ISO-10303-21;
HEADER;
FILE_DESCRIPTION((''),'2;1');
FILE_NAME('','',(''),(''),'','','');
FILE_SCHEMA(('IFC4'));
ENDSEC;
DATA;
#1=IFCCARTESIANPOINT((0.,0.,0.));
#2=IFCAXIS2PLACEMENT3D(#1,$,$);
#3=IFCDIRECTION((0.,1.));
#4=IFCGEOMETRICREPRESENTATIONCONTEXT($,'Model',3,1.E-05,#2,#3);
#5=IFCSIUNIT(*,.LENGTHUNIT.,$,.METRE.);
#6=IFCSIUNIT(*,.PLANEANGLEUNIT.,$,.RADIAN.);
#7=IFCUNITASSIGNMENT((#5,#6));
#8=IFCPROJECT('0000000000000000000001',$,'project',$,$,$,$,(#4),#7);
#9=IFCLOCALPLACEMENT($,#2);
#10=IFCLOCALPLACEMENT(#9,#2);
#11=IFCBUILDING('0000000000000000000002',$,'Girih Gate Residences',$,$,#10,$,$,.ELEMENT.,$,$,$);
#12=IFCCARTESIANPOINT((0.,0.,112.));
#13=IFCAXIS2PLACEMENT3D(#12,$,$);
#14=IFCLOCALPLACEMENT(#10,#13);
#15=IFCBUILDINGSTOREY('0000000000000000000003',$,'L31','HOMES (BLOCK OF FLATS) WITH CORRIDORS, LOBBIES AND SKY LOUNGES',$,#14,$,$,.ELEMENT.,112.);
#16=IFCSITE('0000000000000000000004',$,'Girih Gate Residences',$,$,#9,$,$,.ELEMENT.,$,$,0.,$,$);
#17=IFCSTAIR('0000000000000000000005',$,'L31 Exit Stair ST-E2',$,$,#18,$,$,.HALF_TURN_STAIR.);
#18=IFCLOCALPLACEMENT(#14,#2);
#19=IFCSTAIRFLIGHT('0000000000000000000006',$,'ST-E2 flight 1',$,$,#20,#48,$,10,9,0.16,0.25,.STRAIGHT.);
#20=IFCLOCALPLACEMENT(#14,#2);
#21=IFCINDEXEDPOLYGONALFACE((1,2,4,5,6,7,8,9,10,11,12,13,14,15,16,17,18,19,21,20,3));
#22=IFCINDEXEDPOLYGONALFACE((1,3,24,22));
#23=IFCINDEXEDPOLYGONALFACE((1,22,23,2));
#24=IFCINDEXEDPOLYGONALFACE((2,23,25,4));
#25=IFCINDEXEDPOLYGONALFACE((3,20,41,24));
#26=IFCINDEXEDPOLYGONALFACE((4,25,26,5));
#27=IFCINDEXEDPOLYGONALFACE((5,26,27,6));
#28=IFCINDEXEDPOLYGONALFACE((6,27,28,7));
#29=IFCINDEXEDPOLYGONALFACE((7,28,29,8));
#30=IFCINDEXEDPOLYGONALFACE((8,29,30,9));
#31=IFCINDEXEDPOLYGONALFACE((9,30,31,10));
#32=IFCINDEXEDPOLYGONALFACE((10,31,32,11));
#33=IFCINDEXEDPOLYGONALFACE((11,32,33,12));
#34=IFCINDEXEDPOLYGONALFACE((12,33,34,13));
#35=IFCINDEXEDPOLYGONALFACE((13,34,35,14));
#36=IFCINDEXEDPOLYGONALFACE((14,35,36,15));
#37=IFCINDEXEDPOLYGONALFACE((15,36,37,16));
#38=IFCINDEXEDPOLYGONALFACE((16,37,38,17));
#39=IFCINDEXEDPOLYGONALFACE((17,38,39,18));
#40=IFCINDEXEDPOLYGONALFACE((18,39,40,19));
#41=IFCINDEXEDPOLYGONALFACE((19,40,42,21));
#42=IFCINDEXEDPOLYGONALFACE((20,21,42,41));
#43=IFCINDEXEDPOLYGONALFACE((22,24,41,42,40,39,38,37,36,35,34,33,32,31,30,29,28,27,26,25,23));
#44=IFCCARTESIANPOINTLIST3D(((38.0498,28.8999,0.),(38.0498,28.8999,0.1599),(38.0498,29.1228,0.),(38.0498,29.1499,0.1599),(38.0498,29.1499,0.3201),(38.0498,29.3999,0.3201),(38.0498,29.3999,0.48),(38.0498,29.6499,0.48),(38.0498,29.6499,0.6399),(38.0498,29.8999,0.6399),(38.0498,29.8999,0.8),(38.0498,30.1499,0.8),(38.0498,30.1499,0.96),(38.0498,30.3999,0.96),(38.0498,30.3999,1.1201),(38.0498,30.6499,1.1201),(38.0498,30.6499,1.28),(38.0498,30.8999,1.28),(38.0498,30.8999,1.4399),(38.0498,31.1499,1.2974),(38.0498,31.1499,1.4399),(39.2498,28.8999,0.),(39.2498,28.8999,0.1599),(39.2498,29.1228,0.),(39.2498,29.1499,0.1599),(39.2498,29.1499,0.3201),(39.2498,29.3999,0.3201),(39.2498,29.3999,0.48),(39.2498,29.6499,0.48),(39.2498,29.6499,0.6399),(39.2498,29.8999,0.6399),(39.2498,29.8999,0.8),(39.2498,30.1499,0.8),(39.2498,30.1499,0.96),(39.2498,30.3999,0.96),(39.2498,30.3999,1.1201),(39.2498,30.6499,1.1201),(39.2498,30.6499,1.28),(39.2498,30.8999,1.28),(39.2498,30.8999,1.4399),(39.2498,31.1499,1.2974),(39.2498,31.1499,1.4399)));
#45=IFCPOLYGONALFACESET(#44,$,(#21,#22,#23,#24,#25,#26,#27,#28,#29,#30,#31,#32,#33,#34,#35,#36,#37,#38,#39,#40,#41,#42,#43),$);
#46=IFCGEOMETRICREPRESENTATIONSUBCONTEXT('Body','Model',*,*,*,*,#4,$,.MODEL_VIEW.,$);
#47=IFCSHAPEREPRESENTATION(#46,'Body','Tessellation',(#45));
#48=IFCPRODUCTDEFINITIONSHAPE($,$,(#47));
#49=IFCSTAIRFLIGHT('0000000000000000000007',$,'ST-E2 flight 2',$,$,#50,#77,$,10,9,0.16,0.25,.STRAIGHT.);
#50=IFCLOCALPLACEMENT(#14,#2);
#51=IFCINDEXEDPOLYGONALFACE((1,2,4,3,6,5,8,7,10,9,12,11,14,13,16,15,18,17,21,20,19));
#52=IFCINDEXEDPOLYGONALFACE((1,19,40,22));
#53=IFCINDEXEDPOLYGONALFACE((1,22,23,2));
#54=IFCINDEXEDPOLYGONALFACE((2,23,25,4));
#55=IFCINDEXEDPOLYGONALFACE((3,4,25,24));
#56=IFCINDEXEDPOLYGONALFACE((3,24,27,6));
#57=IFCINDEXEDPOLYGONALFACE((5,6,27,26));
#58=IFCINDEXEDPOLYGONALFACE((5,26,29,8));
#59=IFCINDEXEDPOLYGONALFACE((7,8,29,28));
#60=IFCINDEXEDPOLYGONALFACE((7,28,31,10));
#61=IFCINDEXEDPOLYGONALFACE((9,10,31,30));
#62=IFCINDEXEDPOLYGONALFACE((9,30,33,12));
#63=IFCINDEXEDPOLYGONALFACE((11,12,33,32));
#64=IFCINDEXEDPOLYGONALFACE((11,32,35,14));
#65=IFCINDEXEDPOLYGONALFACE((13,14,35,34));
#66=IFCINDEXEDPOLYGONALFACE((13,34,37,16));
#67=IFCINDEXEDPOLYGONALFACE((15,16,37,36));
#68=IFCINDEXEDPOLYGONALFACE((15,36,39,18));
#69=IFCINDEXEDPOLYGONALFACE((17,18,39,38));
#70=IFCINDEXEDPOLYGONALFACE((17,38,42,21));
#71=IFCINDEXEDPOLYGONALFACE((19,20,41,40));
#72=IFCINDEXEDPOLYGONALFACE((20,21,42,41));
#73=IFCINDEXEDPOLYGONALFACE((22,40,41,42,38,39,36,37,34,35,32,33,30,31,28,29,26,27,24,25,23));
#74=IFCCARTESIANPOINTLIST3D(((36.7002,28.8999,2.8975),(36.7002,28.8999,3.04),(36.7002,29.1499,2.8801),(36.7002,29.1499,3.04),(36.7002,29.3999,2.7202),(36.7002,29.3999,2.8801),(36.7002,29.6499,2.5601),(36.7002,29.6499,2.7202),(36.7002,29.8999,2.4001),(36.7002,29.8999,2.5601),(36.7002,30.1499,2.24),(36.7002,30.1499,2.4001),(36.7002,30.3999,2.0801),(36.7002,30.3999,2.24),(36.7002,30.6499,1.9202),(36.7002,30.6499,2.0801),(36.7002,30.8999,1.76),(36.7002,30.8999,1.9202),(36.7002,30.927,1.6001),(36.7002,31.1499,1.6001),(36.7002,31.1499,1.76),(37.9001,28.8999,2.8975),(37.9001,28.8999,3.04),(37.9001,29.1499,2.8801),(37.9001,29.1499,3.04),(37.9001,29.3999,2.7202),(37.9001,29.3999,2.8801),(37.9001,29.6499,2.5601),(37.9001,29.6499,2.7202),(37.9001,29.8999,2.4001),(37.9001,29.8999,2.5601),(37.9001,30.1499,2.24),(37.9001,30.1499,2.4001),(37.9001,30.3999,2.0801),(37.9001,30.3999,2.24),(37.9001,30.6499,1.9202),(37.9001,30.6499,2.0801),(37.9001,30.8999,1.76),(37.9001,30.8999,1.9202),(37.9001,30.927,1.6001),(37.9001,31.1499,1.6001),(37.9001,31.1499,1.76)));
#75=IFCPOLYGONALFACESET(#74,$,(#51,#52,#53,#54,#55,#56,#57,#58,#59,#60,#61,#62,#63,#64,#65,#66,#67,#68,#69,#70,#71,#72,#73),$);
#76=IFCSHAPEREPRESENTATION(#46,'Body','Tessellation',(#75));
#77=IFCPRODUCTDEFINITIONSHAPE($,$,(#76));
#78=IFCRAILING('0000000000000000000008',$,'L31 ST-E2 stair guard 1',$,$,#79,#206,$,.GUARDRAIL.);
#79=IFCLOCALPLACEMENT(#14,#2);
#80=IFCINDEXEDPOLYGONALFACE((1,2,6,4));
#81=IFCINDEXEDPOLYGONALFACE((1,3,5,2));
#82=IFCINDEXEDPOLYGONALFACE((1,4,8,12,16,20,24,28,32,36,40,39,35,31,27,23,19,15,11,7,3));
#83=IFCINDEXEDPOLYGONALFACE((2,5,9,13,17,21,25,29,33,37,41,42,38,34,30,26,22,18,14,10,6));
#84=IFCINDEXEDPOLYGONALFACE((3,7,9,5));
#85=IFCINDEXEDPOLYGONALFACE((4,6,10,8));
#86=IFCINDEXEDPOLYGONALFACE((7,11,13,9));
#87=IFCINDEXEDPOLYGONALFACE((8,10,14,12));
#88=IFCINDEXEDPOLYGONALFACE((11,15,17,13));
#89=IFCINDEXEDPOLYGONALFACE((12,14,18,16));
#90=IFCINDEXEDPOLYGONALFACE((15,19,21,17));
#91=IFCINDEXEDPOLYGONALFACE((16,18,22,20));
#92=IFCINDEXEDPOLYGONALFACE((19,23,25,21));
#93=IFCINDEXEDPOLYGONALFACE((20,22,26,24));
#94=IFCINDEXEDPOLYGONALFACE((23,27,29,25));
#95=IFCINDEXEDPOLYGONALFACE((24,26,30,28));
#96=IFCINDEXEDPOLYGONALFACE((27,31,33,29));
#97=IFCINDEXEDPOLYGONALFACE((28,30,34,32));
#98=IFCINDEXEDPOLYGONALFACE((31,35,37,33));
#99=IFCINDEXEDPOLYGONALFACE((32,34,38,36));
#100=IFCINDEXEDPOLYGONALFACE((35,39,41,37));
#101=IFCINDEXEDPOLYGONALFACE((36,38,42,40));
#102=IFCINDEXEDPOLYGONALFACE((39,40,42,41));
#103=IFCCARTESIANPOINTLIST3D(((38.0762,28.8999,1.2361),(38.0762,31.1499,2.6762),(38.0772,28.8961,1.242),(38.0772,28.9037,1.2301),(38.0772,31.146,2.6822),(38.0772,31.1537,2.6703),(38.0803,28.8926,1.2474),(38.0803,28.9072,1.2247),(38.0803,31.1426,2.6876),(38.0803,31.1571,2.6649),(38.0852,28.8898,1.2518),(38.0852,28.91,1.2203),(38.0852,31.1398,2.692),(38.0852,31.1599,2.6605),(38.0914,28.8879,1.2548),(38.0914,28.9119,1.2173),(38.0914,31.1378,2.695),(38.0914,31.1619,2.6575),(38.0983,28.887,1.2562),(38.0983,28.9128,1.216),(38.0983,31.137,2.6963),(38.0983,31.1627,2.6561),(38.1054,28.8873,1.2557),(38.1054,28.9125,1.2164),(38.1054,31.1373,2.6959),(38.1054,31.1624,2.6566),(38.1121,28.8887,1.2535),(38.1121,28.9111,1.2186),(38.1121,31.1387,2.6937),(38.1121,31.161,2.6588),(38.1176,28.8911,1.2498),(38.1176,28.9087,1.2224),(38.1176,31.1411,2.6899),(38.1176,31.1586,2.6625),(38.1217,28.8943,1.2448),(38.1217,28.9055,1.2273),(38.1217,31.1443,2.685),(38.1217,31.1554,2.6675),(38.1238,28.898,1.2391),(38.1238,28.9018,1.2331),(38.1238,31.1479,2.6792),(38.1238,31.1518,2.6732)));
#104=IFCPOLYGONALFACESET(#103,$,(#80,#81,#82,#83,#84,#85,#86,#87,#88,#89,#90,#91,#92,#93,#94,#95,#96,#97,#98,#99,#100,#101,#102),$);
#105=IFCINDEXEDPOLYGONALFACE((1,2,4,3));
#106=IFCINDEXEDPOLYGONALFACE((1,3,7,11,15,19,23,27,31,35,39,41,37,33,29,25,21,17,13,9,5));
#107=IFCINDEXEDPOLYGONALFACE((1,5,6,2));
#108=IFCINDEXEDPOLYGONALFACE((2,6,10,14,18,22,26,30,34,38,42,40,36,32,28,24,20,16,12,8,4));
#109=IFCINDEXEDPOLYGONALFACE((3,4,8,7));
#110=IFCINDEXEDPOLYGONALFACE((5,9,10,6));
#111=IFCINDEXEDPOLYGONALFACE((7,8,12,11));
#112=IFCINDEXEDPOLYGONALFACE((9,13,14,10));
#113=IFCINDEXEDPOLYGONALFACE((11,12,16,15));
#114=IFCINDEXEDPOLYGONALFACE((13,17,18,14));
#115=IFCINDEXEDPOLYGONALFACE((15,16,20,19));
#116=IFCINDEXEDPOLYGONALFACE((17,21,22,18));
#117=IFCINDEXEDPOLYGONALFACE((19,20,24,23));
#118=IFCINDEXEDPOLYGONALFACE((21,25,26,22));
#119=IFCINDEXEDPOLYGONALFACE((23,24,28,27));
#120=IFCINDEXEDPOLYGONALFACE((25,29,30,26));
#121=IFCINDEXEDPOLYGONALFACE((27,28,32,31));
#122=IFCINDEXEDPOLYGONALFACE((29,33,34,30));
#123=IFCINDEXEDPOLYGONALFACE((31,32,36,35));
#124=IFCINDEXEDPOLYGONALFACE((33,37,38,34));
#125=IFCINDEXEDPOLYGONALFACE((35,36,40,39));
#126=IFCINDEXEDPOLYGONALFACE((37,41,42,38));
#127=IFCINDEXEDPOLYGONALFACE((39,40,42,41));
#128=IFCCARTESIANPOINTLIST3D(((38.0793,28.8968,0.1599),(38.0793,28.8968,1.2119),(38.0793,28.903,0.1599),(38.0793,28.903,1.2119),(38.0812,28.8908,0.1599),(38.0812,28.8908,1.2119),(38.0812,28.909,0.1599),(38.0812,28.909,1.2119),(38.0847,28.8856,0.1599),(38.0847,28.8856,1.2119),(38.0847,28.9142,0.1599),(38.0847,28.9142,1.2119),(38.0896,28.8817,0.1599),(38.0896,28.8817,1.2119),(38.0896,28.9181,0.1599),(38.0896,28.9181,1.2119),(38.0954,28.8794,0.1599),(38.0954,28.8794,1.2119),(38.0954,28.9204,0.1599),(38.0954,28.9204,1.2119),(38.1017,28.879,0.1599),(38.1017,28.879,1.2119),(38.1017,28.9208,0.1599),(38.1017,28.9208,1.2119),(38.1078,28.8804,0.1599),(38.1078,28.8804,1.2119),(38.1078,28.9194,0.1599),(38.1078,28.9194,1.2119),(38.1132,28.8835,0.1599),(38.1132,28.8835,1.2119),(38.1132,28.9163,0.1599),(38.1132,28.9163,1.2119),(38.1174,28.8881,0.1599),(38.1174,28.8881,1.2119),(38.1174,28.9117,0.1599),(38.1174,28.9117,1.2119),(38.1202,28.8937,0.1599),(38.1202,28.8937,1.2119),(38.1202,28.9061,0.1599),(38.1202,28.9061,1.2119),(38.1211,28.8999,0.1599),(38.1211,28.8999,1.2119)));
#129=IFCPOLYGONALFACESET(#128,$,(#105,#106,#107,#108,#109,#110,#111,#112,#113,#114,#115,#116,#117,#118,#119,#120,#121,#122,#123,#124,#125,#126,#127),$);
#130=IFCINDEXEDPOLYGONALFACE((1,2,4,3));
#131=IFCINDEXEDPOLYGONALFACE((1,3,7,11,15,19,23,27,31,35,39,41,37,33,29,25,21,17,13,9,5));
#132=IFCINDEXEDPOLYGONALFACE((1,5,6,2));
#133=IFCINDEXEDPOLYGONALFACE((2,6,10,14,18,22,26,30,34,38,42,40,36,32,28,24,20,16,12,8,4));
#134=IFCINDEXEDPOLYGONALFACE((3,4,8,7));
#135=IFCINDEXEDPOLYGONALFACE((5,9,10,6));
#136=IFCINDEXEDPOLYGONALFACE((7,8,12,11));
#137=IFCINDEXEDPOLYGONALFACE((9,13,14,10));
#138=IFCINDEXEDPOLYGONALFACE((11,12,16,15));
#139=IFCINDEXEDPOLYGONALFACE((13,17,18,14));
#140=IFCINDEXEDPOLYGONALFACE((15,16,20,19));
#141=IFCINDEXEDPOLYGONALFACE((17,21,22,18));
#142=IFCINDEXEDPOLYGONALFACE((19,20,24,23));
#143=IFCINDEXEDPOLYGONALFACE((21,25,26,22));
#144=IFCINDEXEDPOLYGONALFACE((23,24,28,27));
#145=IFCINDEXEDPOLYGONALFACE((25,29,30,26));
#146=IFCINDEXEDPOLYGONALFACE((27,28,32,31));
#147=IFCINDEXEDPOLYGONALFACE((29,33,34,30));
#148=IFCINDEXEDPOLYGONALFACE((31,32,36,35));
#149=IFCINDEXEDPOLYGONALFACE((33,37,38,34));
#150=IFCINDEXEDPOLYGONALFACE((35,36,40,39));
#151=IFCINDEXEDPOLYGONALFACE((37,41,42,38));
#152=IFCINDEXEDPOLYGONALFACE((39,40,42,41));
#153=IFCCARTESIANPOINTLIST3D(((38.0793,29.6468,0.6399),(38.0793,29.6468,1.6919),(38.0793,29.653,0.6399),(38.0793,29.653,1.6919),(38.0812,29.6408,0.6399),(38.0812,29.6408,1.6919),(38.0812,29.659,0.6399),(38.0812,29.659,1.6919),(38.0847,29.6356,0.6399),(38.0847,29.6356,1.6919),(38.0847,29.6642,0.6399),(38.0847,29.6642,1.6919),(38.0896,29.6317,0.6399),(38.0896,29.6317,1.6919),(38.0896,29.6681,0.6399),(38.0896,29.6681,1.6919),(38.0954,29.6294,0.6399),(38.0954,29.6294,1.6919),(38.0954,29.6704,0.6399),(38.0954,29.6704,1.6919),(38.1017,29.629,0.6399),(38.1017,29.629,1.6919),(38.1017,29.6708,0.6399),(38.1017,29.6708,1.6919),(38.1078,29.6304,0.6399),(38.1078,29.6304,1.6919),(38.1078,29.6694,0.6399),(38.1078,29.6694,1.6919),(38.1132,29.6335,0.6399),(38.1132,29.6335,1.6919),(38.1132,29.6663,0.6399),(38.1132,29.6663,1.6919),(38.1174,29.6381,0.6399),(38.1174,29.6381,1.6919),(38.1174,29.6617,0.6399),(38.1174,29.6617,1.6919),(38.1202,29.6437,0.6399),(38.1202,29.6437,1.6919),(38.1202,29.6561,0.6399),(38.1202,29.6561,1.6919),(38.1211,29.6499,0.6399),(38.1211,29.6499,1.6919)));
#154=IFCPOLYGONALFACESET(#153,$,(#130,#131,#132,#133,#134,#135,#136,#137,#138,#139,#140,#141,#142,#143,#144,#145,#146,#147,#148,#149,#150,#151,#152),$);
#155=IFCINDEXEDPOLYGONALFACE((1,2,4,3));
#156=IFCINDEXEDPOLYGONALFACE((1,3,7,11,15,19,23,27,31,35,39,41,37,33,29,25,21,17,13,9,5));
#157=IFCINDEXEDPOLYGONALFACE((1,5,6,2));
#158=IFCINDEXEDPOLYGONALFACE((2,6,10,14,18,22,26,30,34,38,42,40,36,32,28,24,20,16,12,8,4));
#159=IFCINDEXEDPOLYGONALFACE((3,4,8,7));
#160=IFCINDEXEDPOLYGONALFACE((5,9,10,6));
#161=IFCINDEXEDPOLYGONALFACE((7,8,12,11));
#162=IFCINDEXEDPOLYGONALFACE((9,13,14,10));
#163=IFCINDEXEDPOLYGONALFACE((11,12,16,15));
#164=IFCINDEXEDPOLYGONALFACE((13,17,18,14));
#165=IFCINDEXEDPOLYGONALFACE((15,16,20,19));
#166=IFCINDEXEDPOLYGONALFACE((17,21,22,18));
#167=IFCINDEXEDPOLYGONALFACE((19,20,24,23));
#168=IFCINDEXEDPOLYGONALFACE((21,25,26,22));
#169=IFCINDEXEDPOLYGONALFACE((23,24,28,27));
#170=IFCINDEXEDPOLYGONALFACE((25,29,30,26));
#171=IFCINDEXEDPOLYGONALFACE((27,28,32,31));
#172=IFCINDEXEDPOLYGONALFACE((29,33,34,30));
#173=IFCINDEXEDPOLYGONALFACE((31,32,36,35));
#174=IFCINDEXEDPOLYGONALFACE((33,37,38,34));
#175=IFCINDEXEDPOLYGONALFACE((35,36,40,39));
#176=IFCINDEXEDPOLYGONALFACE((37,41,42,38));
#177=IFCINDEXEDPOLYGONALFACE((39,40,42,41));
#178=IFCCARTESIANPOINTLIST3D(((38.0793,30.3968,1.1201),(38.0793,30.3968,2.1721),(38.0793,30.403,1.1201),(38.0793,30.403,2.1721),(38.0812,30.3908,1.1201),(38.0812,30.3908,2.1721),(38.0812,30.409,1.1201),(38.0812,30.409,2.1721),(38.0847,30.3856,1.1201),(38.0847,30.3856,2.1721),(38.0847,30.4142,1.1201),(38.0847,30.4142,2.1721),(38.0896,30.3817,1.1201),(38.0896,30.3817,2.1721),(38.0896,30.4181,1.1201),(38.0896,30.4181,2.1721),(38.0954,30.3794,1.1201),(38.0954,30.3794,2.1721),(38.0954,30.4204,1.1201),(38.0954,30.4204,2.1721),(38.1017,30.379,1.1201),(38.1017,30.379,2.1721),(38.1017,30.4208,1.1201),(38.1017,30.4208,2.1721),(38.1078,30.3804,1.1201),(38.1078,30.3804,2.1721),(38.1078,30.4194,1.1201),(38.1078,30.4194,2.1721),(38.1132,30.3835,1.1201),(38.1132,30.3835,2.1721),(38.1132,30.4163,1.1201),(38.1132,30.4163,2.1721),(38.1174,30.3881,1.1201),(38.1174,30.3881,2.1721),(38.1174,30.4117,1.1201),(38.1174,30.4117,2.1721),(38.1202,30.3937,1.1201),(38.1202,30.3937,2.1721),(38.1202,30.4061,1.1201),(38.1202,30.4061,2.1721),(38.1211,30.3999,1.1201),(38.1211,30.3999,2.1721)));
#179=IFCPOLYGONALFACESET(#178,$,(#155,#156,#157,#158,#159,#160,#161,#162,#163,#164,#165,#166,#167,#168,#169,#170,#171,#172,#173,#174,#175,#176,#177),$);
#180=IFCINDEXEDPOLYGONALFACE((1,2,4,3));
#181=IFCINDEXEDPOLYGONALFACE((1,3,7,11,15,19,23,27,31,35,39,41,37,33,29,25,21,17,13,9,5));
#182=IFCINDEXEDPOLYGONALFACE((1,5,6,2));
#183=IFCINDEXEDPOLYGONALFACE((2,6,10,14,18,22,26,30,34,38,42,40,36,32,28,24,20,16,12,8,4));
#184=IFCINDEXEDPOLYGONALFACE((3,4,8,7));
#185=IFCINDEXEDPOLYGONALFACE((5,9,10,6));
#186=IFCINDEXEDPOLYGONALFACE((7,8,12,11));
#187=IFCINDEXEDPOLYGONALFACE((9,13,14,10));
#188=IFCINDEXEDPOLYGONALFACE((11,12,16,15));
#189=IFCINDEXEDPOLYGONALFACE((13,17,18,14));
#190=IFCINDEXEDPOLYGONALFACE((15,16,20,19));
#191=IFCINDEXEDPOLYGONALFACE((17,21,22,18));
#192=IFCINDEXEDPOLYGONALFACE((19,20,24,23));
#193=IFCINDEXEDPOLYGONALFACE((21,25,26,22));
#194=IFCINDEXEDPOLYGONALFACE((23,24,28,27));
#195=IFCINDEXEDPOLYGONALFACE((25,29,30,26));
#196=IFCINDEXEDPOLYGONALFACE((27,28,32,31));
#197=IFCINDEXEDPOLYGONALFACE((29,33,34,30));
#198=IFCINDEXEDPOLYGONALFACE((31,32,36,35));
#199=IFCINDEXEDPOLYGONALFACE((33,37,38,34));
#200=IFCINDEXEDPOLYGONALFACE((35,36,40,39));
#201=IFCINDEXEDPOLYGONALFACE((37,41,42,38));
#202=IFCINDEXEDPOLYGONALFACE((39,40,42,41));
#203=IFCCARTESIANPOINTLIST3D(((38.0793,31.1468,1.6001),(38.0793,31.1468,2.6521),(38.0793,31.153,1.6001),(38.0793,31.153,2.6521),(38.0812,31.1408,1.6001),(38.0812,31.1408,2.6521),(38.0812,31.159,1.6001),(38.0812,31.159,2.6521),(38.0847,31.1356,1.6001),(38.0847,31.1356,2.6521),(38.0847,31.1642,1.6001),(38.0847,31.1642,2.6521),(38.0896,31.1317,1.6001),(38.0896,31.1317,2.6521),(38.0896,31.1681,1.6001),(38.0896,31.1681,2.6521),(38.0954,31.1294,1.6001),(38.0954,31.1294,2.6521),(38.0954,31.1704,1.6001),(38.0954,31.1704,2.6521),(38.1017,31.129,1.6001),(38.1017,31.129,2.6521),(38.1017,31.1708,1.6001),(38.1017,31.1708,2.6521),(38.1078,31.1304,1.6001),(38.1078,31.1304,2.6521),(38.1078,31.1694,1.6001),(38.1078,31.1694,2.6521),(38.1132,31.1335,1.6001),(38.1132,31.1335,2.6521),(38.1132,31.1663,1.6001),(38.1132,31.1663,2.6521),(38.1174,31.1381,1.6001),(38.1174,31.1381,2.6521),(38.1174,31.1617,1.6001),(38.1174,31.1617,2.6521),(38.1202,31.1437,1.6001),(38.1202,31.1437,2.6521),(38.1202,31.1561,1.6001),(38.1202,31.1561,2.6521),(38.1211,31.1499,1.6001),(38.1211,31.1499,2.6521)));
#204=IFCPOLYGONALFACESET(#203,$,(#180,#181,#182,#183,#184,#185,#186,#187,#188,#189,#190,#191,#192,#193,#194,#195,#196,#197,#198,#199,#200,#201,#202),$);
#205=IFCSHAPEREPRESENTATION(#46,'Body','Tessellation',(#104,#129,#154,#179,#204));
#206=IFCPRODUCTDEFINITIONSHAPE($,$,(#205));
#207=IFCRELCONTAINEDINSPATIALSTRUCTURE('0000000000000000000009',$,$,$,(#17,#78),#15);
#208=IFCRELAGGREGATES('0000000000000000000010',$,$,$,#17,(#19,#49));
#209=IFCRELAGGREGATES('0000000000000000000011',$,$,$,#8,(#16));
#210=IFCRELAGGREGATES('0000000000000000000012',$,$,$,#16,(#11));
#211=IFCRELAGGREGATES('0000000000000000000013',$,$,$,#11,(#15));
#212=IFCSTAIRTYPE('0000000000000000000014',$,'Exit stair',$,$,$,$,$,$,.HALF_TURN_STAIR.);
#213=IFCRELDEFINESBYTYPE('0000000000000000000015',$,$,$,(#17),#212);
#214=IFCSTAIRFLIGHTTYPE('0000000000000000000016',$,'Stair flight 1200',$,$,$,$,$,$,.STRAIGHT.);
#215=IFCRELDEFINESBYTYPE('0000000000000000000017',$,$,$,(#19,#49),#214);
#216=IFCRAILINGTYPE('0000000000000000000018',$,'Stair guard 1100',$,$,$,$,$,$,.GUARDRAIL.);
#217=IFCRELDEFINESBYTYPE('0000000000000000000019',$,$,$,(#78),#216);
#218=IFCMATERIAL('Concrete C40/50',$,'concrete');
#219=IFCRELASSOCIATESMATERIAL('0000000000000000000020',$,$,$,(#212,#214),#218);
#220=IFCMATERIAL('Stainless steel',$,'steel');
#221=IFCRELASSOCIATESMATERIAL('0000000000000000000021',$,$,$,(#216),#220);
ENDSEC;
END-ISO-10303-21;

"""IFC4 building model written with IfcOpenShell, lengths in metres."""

from ifc_helpers import new_model, si_unit, direction, frame, origin, origin_2d, place, context, subcontext, project, spatial, polyline, circle, outline, extrude, material, type_object, element, aggregate, save


model = new_model("IFC4")

# Units and contexts
model_context = context("Model", 3, precision=1e-05, world=origin(), true_north=direction((0.0, 1.0)))
body_context = subcontext(model_context, "Body", "Model", "MODEL_VIEW")
ifc_project = project(units=[si_unit("LENGTHUNIT", "METRE"), si_unit("PLANEANGLEUNIT", "RADIAN")], contexts=[model_context])

# Site, building, storey
site_placement = place(None, origin())
site = spatial("IfcSite", under=ifc_project, at=site_placement, Name="Girih Gate Residences", CompositionType="ELEMENT", RefElevation=0.0)
building_placement = place(site_placement, origin())
building = spatial("IfcBuilding", under=site, at=building_placement, Name="Girih Gate Residences", CompositionType="ELEMENT")
storey_placement = place(building_placement, frame((0.0, 0.0, 112.0)))
storey = spatial("IfcBuildingStorey", under=building, at=storey_placement, Name="L31", Description="HOMES (BLOCK OF FLATS) WITH CORRIDORS, LOBBIES AND SKY LOUNGES", CompositionType="ELEMENT", Elevation=112.0)

# Shared definitions
ifc_material_1 = material(Name="Concrete C40/50", Category="concrete")

# Stair, stair flights
stair_type = type_object("IfcStairType", Name="Exit stair", PredefinedType="HALF_TURN_STAIR", material=ifc_material_1)
stair_placement = place(storey_placement, origin())
stair = element("IfcStair", 1, at=stair_placement, inside=storey, type_object=stair_type, Name="L31 Exit Stair ST-E2", PredefinedType="HALF_TURN_STAIR")
stair_flight_type = type_object("IfcStairFlightType", Name="Stair flight 1200", PredefinedType="STRAIGHT", material=ifc_material_1)
stair_flight_1_placement = place(storey_placement, frame((38.6499, 28.8999, 0.0), z_axis=(0.0, 0.0, 1.0), x_axis=(0.0, 1.0, 0.0)))
stair_flight_1 = element("IfcStairFlight", 2, at=stair_flight_1_placement, type_object=stair_flight_type, Name="ST-E2 flight 1", NumberOfRisers=10, NumberOfTreads=9, PredefinedType="STRAIGHT", RiserHeight=0.16, TreadLength=0.25, context=body_context, shape_type="SweptSolid", body=[
    extrude(outline(polyline([(0.0, 0.0), (0.0, 0.1599), (0.25, 0.1599), (0.25, 0.3201), (0.5, 0.3201), (0.5, 0.48), (0.75, 0.48), (0.75, 0.6399), (1.0, 0.6399), (1.0, 0.8), (1.25, 0.8), (1.25, 0.96), (1.5, 0.96), (1.5, 1.1201), (1.75, 1.1201), (1.75, 1.28), (2.0, 1.28), (2.0, 1.4399), (2.25, 1.4399), (2.25, 1.6001), (2.25, 1.2974), (0.2229, 0.0), (0.0, 0.0)])), frame((0.0, 0.6001, 0.0), z_axis=(0.0, -1.0, 0.0), x_axis=(1.0, 0.0, 0.0)), (0.0, 0.0, 1.0), 1.2),
])
stair_flight_2_placement = place(storey_placement, frame((37.3, 31.1499, 1.6001), z_axis=(0.0, 0.0, 1.0), x_axis=(0.0, -1.0, 0.0)))
stair_flight_2 = element("IfcStairFlight", 3, at=stair_flight_2_placement, type_object=stair_flight_type, Name="ST-E2 flight 2", NumberOfRisers=10, NumberOfTreads=9, PredefinedType="STRAIGHT", RiserHeight=0.16, TreadLength=0.25, context=body_context, shape_type="SweptSolid", body=[
    extrude(outline(polyline([(0.0, 0.0), (0.0, 0.1599), (0.25, 0.1599), (0.25, 0.3201), (0.5, 0.3201), (0.5, 0.48), (0.75, 0.48), (0.75, 0.6399), (1.0, 0.6399), (1.0, 0.8), (1.25, 0.8), (1.25, 0.96), (1.5, 0.96), (1.5, 1.1201), (1.75, 1.1201), (1.75, 1.28), (2.0, 1.28), (2.0, 1.4399), (2.25, 1.4399), (2.25, 1.6001), (2.25, 1.2974), (0.2229, 0.0), (0.0, 0.0)])), frame((0.0, 0.6001, 0.0), z_axis=(0.0, -1.0, 0.0), x_axis=(1.0, 0.0, 0.0)), (0.0, 0.0, 1.0), 1.2),
])
aggregate(stair, [stair_flight_1, stair_flight_2])

# Railing
ifc_material_2 = material(Name="Stainless steel", Category="steel")
railing_type_1 = type_object("IfcRailingType", Name="Stair guard 1100", PredefinedType="GUARDRAIL", material=ifc_material_2)
railing_1_placement = place(storey_placement, frame((38.1001, 28.8999, 0.1599)))
element("IfcRailing", 4, at=railing_1_placement, inside=storey, type_object=railing_type_1, Name="L31 ST-E2 stair guard 1", PredefinedType="GUARDRAIL", context=body_context, shape_type="SweptSolid", body=[
    extrude(circle(Radius=0.0239, at=origin_2d()), frame((0.0, 0.0, 1.0762), z_axis=(0.0, 0.84224, 0.539103), x_axis=(-1.0, 0.0, 0.0)), (0.0, 0.0, 1.0), 2.6714),
    extrude(circle(Radius=0.021, at=origin_2d()), origin(), (0.0, 0.0, 1.0), 1.052),
    extrude(circle(Radius=0.021, at=origin_2d()), frame((0.0, 0.75, 0.48)), (0.0, 0.0, 1.0), 1.052),
    extrude(circle(Radius=0.021, at=origin_2d()), frame((0.0, 1.5, 0.9602)), (0.0, 0.0, 1.0), 1.052),
    extrude(circle(Radius=0.021, at=origin_2d()), frame((0.0, 2.25, 1.4402)), (0.0, 0.0, 1.0), 1.052),
])

save(model, "model.ifc")
